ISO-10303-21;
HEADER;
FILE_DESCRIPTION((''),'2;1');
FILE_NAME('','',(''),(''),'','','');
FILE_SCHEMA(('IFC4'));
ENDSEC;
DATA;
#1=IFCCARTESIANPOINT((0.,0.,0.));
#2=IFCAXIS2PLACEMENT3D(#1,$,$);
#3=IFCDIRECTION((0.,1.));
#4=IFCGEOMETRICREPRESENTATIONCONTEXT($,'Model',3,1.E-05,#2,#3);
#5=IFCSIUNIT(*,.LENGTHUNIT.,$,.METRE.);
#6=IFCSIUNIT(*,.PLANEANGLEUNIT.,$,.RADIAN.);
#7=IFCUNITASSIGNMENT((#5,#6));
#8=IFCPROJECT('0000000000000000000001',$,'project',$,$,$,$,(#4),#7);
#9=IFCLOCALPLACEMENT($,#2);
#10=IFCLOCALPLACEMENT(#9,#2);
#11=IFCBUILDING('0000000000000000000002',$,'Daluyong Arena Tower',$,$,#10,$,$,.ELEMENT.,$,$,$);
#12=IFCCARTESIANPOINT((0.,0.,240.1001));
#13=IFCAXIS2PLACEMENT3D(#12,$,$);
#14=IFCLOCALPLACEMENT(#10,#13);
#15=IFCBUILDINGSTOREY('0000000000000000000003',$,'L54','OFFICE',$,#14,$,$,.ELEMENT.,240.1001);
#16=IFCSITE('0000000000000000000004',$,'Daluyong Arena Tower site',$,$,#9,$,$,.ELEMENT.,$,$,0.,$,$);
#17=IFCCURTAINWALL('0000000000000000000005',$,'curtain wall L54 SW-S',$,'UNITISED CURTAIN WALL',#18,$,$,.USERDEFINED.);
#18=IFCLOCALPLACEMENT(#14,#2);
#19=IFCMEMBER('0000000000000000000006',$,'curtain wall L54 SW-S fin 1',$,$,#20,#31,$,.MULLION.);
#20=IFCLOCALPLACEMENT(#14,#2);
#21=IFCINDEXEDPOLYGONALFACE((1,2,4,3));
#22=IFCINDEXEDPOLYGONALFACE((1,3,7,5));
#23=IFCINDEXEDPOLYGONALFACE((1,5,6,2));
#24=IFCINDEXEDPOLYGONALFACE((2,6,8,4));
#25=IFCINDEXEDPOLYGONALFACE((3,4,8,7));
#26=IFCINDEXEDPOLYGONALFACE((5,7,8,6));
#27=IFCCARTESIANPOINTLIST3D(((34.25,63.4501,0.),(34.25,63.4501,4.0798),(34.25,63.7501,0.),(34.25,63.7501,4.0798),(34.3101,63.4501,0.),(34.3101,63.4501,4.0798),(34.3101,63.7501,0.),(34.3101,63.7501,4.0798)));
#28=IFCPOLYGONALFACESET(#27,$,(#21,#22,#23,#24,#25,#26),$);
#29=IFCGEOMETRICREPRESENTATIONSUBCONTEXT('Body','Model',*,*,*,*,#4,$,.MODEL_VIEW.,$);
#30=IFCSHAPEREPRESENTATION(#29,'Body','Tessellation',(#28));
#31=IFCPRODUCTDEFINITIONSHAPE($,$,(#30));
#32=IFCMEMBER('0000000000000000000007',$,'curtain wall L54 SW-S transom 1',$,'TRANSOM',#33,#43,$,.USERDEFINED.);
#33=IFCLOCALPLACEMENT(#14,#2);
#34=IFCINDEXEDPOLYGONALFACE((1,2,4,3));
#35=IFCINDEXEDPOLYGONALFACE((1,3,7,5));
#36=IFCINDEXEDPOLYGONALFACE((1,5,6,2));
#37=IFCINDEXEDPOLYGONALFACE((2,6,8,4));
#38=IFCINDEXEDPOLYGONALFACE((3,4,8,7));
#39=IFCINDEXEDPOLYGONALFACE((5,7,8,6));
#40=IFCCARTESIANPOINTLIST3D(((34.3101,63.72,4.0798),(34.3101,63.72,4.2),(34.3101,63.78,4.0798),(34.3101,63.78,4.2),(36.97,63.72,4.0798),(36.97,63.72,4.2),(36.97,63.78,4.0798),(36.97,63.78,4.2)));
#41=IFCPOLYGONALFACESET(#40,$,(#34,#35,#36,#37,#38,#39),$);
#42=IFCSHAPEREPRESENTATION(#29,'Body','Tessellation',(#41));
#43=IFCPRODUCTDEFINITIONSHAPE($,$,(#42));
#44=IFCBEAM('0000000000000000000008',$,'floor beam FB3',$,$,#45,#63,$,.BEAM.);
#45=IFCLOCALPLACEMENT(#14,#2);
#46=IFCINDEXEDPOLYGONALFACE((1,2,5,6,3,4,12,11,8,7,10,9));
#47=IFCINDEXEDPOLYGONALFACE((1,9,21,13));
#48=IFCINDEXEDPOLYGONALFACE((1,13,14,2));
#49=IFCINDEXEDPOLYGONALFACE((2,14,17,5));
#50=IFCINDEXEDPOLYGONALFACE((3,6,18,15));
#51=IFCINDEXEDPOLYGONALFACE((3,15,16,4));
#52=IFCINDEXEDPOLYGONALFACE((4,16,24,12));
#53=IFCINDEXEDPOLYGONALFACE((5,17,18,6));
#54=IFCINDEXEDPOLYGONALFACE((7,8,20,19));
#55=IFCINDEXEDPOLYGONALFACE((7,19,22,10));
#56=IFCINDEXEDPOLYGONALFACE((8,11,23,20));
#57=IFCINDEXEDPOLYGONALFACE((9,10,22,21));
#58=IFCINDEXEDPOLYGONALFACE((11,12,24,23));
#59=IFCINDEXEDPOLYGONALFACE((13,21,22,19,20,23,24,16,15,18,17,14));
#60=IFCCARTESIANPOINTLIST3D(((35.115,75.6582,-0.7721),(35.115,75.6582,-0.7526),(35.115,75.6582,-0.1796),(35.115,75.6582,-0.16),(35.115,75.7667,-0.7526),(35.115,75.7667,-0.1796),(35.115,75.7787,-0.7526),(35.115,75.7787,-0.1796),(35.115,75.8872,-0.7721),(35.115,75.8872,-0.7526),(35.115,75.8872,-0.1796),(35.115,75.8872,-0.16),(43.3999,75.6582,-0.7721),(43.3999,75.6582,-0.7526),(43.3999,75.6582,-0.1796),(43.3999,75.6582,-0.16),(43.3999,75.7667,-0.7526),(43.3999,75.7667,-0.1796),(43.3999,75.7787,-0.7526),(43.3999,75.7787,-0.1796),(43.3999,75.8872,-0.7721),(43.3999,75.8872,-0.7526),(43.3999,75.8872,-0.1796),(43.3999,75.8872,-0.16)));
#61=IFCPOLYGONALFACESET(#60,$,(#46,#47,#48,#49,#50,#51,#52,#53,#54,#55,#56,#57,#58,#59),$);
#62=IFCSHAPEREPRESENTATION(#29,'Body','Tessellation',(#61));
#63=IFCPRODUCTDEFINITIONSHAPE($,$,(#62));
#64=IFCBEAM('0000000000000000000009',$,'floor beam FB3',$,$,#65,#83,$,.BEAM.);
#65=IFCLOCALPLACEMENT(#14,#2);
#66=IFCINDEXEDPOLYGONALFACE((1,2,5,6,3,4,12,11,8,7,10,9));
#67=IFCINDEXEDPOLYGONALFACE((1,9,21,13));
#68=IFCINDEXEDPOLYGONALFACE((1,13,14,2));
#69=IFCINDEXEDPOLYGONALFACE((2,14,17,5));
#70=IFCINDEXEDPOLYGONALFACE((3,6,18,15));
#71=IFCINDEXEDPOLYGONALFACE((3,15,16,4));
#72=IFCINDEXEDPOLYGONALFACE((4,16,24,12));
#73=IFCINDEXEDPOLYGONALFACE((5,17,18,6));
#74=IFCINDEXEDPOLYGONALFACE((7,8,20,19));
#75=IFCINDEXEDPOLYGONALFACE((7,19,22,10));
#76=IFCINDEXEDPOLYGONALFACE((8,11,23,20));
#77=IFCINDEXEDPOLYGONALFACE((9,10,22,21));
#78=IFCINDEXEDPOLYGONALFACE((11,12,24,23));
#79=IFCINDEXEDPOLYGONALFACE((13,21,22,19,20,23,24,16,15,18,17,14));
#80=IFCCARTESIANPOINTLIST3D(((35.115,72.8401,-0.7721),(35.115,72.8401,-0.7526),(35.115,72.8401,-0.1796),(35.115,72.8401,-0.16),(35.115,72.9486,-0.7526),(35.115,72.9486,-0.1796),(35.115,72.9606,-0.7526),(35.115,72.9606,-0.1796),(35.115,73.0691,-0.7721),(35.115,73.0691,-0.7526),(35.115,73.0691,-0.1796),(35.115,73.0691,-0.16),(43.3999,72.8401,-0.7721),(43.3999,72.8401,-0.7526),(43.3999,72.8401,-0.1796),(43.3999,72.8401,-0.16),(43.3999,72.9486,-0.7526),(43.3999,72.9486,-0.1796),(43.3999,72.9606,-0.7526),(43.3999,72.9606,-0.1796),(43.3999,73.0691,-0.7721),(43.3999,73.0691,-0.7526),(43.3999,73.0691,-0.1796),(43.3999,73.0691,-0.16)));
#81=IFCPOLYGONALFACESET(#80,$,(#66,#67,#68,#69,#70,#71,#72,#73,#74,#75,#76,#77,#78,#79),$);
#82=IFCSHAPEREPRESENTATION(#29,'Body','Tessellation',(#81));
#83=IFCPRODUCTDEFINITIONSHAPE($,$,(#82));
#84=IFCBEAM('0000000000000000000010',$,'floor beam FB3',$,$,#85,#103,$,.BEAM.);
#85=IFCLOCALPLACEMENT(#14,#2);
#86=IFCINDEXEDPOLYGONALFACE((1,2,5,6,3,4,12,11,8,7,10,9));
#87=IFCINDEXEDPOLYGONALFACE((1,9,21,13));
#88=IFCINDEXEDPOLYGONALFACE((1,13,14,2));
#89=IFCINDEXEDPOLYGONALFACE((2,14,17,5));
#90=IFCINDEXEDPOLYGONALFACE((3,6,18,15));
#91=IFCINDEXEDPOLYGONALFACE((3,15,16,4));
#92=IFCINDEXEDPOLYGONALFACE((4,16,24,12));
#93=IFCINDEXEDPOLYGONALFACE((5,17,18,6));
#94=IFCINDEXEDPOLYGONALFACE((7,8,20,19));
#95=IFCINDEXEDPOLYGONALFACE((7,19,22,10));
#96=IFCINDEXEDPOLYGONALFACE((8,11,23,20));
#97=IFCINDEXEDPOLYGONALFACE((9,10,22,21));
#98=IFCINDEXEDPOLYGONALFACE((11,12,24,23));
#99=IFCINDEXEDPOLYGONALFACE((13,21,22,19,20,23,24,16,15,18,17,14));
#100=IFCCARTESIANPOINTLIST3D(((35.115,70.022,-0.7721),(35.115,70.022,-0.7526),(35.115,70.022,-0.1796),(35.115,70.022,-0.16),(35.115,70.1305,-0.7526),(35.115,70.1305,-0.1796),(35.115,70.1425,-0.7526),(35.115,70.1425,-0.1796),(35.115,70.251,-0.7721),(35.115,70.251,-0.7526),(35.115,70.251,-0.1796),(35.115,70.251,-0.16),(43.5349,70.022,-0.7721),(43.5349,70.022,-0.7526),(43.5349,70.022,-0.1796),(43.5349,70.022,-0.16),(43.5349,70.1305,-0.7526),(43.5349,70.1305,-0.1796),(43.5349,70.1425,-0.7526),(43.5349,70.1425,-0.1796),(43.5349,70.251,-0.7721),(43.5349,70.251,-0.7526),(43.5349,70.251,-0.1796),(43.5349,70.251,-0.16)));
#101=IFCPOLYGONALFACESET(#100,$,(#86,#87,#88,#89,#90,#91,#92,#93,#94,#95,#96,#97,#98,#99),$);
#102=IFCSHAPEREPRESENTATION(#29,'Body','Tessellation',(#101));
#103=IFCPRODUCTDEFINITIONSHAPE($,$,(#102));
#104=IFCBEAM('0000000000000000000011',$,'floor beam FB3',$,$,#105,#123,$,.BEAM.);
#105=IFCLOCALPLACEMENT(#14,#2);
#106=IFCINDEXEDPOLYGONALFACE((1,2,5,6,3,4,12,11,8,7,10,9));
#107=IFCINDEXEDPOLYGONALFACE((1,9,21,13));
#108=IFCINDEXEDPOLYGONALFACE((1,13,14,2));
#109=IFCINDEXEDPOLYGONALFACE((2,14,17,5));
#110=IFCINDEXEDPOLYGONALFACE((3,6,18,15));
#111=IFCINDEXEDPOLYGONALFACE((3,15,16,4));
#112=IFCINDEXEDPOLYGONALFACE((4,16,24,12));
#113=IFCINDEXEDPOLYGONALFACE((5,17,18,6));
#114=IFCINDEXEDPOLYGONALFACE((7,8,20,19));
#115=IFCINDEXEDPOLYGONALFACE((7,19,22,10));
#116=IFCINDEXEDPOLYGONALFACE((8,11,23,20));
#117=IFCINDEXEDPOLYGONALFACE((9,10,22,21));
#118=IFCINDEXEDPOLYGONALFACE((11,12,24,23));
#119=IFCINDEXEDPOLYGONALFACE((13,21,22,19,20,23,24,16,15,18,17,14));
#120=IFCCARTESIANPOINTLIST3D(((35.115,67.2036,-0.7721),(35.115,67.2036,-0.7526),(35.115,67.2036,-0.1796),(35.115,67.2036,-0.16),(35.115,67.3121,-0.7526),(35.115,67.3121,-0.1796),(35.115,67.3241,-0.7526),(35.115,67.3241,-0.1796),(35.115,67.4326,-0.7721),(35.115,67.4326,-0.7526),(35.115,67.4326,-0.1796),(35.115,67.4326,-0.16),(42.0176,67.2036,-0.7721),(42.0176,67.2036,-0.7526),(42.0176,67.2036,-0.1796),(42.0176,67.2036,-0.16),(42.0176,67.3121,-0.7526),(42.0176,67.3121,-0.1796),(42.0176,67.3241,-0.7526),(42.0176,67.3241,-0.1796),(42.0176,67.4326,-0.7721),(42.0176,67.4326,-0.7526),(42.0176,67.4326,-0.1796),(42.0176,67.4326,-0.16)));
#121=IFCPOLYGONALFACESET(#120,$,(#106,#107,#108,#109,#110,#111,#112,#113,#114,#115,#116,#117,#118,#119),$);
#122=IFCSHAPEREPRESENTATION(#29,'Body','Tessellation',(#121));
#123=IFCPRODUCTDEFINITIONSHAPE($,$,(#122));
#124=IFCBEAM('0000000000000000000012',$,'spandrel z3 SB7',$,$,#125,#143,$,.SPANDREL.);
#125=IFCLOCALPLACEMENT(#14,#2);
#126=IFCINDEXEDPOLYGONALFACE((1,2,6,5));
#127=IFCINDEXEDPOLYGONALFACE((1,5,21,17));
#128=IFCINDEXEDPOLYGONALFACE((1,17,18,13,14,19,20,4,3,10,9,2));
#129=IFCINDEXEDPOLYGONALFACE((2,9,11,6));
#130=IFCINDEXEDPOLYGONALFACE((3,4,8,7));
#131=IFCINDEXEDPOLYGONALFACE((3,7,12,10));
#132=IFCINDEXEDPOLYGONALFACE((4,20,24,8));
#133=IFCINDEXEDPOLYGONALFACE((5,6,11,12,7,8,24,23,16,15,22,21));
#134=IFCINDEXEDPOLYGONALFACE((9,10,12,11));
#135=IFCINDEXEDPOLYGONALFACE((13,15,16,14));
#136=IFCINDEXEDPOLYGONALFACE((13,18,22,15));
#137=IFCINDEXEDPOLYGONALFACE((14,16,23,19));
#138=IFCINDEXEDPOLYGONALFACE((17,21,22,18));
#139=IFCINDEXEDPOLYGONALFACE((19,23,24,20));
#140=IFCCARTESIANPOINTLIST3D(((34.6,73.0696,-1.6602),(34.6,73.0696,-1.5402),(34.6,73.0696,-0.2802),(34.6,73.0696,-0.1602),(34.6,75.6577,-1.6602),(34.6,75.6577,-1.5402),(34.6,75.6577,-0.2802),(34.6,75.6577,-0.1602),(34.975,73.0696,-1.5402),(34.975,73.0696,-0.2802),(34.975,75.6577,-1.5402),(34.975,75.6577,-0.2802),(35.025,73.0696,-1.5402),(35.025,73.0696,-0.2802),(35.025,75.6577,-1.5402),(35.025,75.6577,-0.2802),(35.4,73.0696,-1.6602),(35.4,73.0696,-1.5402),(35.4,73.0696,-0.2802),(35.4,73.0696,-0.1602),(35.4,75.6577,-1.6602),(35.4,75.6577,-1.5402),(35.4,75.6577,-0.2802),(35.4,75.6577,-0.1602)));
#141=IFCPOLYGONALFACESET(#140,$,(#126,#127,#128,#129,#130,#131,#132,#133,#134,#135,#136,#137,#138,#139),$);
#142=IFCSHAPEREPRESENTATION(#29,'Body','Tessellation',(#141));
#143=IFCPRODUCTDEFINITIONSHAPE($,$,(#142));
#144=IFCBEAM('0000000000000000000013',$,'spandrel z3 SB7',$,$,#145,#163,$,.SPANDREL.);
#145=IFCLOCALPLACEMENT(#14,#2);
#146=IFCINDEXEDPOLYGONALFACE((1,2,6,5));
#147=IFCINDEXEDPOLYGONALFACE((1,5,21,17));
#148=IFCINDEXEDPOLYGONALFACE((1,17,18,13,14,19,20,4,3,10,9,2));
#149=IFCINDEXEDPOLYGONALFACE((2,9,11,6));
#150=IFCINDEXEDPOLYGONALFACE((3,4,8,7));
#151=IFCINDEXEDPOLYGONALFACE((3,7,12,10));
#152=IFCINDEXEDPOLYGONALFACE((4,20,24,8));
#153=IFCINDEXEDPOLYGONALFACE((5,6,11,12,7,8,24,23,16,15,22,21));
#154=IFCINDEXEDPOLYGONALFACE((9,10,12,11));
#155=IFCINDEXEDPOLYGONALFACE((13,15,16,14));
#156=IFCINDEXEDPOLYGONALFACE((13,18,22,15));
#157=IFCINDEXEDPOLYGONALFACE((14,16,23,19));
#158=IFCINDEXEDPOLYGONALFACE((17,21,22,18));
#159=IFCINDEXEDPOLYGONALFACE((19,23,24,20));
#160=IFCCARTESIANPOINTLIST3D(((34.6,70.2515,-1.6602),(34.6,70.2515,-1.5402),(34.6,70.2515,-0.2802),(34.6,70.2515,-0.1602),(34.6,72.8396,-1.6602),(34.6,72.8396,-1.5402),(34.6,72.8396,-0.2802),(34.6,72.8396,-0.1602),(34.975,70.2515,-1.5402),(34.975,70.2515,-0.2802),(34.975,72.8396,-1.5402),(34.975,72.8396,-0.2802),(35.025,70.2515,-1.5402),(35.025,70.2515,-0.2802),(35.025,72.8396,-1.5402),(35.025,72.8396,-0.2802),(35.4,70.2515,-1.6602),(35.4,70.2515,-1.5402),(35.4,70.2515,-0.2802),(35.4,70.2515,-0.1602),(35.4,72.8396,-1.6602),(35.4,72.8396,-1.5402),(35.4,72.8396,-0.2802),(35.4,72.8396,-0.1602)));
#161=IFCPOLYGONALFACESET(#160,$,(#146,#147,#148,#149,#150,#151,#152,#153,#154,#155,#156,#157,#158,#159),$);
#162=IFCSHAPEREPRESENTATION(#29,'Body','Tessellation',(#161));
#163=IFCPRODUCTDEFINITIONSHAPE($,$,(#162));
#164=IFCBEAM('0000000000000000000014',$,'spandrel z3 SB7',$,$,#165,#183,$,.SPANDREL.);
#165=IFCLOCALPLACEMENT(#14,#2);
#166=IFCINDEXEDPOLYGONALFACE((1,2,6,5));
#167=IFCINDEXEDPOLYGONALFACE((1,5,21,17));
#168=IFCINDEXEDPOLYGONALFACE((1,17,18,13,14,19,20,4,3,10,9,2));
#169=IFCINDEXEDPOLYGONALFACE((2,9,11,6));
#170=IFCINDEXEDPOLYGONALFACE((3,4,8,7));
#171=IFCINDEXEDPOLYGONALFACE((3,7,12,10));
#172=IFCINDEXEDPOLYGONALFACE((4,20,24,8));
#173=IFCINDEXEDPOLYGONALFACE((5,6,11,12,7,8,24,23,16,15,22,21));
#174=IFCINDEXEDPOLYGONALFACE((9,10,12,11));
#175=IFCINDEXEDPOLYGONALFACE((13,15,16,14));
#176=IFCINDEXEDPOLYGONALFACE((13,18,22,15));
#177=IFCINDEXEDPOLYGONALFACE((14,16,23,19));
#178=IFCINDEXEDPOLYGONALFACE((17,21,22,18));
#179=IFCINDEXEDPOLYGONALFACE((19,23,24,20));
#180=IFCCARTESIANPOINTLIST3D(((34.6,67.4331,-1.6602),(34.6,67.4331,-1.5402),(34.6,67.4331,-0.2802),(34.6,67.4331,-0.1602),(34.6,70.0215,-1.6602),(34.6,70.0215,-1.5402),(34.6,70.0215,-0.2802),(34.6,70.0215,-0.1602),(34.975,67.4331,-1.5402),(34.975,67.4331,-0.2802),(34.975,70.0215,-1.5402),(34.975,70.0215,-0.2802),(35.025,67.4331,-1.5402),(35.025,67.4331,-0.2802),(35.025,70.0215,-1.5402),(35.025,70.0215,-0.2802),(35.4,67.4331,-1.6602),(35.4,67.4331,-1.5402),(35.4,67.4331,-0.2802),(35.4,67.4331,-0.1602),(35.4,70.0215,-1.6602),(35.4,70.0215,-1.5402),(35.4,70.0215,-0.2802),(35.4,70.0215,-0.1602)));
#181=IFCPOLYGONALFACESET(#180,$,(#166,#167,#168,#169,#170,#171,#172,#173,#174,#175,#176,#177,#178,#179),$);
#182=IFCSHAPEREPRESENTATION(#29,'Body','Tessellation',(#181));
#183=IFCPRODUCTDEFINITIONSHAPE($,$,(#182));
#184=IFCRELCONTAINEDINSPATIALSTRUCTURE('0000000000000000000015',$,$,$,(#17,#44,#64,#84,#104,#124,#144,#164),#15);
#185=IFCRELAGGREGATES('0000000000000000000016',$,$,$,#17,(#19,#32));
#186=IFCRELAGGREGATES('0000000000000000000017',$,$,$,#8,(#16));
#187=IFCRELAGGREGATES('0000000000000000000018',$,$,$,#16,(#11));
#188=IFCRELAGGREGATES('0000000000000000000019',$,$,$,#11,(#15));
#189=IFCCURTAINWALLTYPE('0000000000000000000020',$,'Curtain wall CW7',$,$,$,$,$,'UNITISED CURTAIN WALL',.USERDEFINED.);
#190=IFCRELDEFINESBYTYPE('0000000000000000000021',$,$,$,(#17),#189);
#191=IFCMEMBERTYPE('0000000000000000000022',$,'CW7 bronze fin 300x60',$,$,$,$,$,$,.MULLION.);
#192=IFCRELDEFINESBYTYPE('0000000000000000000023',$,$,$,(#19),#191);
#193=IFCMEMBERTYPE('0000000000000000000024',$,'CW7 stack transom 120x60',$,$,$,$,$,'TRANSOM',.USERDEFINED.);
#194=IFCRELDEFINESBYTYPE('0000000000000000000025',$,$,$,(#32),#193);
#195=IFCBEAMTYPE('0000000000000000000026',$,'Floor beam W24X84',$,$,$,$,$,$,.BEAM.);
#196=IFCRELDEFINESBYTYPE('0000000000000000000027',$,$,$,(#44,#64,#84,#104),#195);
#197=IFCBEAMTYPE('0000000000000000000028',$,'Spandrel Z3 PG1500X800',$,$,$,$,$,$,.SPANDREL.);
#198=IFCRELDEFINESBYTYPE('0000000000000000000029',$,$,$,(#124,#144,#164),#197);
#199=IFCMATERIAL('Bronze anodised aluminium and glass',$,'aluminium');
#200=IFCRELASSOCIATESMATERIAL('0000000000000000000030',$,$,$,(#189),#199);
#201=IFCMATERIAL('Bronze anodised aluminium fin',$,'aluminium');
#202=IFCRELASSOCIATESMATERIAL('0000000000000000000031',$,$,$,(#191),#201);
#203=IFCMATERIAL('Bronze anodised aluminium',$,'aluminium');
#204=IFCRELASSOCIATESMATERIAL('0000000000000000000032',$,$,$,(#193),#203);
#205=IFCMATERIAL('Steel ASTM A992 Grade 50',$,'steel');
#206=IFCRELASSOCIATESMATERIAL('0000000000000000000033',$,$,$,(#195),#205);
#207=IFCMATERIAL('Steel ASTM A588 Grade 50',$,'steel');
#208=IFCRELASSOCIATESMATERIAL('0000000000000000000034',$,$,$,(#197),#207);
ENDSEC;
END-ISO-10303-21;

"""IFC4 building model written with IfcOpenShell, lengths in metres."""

from ifc_helpers import new_model, si_unit, direction, frame, origin, origin_2d, place, context, subcontext, project, spatial, rectangle, i_section, extrude, material, material_profile, profile_set, type_object, element, aggregate, save


model = new_model("IFC4")

# Units and contexts
model_context = context("Model", 3, precision=1e-05, world=origin(), true_north=direction((0.0, 1.0)))
body_context = subcontext(model_context, "Body", "Model", "MODEL_VIEW")
ifc_project = project(units=[si_unit("LENGTHUNIT", "METRE"), si_unit("PLANEANGLEUNIT", "RADIAN")], contexts=[model_context])

# Site, building, storey
site_placement = place(None, origin())
site = spatial("IfcSite", under=ifc_project, at=site_placement, Name="Daluyong Arena Tower site", CompositionType="ELEMENT", RefElevation=0.0)
building_placement = place(site_placement, origin())
building = spatial("IfcBuilding", under=site, at=building_placement, Name="Daluyong Arena Tower", CompositionType="ELEMENT")
storey_placement = place(building_placement, frame((0.0, 0.0, 240.1001)))
storey = spatial("IfcBuildingStorey", under=building, at=storey_placement, Name="L54", Description="OFFICE", CompositionType="ELEMENT", Elevation=240.1001)

# Curtain wall, members
ifc_material_1 = material(Name="Bronze anodised aluminium and glass", Category="aluminium")
curtain_wall_type_1 = type_object("IfcCurtainWallType", Name="Curtain wall CW7", ElementType="UNITISED CURTAIN WALL", PredefinedType="USERDEFINED", material=ifc_material_1)
curtain_wall_1_placement = place(storey_placement, origin())
curtain_wall_1 = element("IfcCurtainWall", 1, at=curtain_wall_1_placement, inside=storey, type_object=curtain_wall_type_1, Name="curtain wall L54 SW-S", ObjectType="UNITISED CURTAIN WALL", PredefinedType="USERDEFINED")
ifc_material_2 = material(Name="Bronze anodised aluminium fin", Category="aluminium")
ifc_material_profile_1 = material_profile(ifc_material_2, rectangle(XDim=0.3, YDim=0.0601, at=origin_2d()))
ifc_profile_set_1 = profile_set([ifc_material_profile_1], Name="Bronze anodised aluminium fin")
member_type_1 = type_object("IfcMemberType", Name="CW7 bronze fin 300x60", PredefinedType="MULLION", material=ifc_profile_set_1)
member_1_placement = place(storey_placement, frame((34.28, 63.6001, 0.0), z_axis=(0.0, 0.0, 1.0), x_axis=(0.0, 1.0, 0.0)))
member_1 = element("IfcMember", 2, at=member_1_placement, type_object=member_type_1, Name="curtain wall L54 SW-S fin 1", PredefinedType="MULLION", context=body_context, shape_type="SweptSolid", body=[
    extrude(rectangle(XDim=0.3, YDim=0.0601, at=origin_2d()), origin(), (0.0, 0.0, 1.0), 4.0798),
])
ifc_material_3 = material(Name="Bronze anodised aluminium", Category="aluminium")
ifc_material_profile_2 = material_profile(ifc_material_3, rectangle(XDim=0.0601, YDim=0.1201, at=origin_2d()))
ifc_profile_set_2 = profile_set([ifc_material_profile_2], Name="Bronze anodised aluminium")
member_type_2 = type_object("IfcMemberType", Name="CW7 stack transom 120x60", ElementType="TRANSOM", PredefinedType="USERDEFINED", material=ifc_profile_set_2)
member_2_placement = place(storey_placement, frame((34.3101, 63.75, 4.1399), z_axis=(1.0, 0.0, 0.0), x_axis=(0.0, 1.0, 0.0)))
member_2 = element("IfcMember", 3, at=member_2_placement, type_object=member_type_2, Name="curtain wall L54 SW-S transom 1", ObjectType="TRANSOM", PredefinedType="USERDEFINED", context=body_context, shape_type="SweptSolid", body=[
    extrude(rectangle(XDim=0.0601, YDim=0.1201, at=origin_2d()), origin(), (0.0, 0.0, 1.0), 2.6599),
])
aggregate(curtain_wall_1, [member_1, member_2])

# Beams
ifc_material_4 = material(Name="Steel ASTM A992 Grade 50", Category="steel")
ifc_material_profile_3 = material_profile(ifc_material_4, i_section(OverallWidth=0.229, OverallDepth=0.6121, WebThickness=0.012, FlangeThickness=0.0195, at=origin_2d()))
ifc_profile_set_3 = profile_set([ifc_material_profile_3], Name="Steel ASTM A992 Grade 50")
beam_type_1 = type_object("IfcBeamType", Name="Floor beam W24X84", PredefinedType="BEAM", material=ifc_profile_set_3)
for number, where, z_axis, x_axis, name in (
    (4, (35.115, 75.7727, -0.4661), (1.0, 0.0, 0.0), (0.0, 1.0, 0.0), "floor beam FB3"),
    (5, (35.115, 72.9546, -0.4661), (1.0, 0.0, 0.0), (0.0, 1.0, 0.0), "floor beam FB3"),
):
    element("IfcBeam", number, at=place(storey_placement, frame(where, z_axis=z_axis, x_axis=x_axis)), inside=storey, type_object=beam_type_1, Name=name, PredefinedType="BEAM", context=body_context, shape_type="SweptSolid", body=[
        extrude(i_section(OverallWidth=0.229, OverallDepth=0.6121, WebThickness=0.012, FlangeThickness=0.0195, at=origin_2d()), origin(), (0.0, 0.0, 1.0), 8.2849),
    ])
beam_1_placement = place(storey_placement, frame((35.115, 70.1365, -0.4661), z_axis=(1.0, 0.0, 0.0), x_axis=(0.0, 1.0, 0.0)))
element("IfcBeam", 6, at=beam_1_placement, inside=storey, type_object=beam_type_1, Name="floor beam FB3", PredefinedType="BEAM", context=body_context, shape_type="SweptSolid", body=[
    extrude(i_section(OverallWidth=0.229, OverallDepth=0.6121, WebThickness=0.012, FlangeThickness=0.0195, at=origin_2d()), origin(), (0.0, 0.0, 1.0), 8.4199),
])
beam_2_placement = place(storey_placement, frame((35.115, 67.3181, -0.4661), z_axis=(1.0, 0.0, 0.0), x_axis=(0.0, 1.0, 0.0)))
element("IfcBeam", 7, at=beam_2_placement, inside=storey, type_object=beam_type_1, Name="floor beam FB3", PredefinedType="BEAM", context=body_context, shape_type="SweptSolid", body=[
    extrude(i_section(OverallWidth=0.229, OverallDepth=0.6121, WebThickness=0.012, FlangeThickness=0.0195, at=origin_2d()), origin(), (0.0, 0.0, 1.0), 6.9026),
])
ifc_material_5 = material(Name="Steel ASTM A588 Grade 50", Category="steel")
ifc_material_profile_4 = material_profile(ifc_material_5, i_section(OverallWidth=0.8, OverallDepth=1.5, WebThickness=0.05, FlangeThickness=0.12, at=origin_2d()))
ifc_profile_set_4 = profile_set([ifc_material_profile_4], Name="Steel ASTM A588 Grade 50")
beam_type_2 = type_object("IfcBeamType", Name="Spandrel Z3 PG1500X800", PredefinedType="SPANDREL", material=ifc_profile_set_4)
for number, where, z_axis, x_axis, name in (
    (8, (35.0, 75.6577, -0.9102), (0.0, -1.0, 0.0), (1.0, 0.0, 0.0), "spandrel z3 SB7"),
    (9, (35.0, 72.8396, -0.9102), (0.0, -1.0, 0.0), (1.0, 0.0, 0.0), "spandrel z3 SB7"),
):
    element("IfcBeam", number, at=place(storey_placement, frame(where, z_axis=z_axis, x_axis=x_axis)), inside=storey, type_object=beam_type_2, Name=name, PredefinedType="SPANDREL", context=body_context, shape_type="SweptSolid", body=[
        extrude(i_section(OverallWidth=0.8, OverallDepth=1.5, WebThickness=0.05, FlangeThickness=0.12, at=origin_2d()), origin(), (0.0, 0.0, 1.0), 2.5881),
    ])
beam_3_placement = place(storey_placement, frame((35.0, 70.0215, -0.9102), z_axis=(0.0, -1.0, 0.0), x_axis=(1.0, 0.0, 0.0)))
element("IfcBeam", 10, at=beam_3_placement, inside=storey, type_object=beam_type_2, Name="spandrel z3 SB7", PredefinedType="SPANDREL", context=body_context, shape_type="SweptSolid", body=[
    extrude(i_section(OverallWidth=0.8, OverallDepth=1.5, WebThickness=0.05, FlangeThickness=0.12, at=origin_2d()), origin(), (0.0, 0.0, 1.0), 2.5884),
])

save(model, "model.ifc")
